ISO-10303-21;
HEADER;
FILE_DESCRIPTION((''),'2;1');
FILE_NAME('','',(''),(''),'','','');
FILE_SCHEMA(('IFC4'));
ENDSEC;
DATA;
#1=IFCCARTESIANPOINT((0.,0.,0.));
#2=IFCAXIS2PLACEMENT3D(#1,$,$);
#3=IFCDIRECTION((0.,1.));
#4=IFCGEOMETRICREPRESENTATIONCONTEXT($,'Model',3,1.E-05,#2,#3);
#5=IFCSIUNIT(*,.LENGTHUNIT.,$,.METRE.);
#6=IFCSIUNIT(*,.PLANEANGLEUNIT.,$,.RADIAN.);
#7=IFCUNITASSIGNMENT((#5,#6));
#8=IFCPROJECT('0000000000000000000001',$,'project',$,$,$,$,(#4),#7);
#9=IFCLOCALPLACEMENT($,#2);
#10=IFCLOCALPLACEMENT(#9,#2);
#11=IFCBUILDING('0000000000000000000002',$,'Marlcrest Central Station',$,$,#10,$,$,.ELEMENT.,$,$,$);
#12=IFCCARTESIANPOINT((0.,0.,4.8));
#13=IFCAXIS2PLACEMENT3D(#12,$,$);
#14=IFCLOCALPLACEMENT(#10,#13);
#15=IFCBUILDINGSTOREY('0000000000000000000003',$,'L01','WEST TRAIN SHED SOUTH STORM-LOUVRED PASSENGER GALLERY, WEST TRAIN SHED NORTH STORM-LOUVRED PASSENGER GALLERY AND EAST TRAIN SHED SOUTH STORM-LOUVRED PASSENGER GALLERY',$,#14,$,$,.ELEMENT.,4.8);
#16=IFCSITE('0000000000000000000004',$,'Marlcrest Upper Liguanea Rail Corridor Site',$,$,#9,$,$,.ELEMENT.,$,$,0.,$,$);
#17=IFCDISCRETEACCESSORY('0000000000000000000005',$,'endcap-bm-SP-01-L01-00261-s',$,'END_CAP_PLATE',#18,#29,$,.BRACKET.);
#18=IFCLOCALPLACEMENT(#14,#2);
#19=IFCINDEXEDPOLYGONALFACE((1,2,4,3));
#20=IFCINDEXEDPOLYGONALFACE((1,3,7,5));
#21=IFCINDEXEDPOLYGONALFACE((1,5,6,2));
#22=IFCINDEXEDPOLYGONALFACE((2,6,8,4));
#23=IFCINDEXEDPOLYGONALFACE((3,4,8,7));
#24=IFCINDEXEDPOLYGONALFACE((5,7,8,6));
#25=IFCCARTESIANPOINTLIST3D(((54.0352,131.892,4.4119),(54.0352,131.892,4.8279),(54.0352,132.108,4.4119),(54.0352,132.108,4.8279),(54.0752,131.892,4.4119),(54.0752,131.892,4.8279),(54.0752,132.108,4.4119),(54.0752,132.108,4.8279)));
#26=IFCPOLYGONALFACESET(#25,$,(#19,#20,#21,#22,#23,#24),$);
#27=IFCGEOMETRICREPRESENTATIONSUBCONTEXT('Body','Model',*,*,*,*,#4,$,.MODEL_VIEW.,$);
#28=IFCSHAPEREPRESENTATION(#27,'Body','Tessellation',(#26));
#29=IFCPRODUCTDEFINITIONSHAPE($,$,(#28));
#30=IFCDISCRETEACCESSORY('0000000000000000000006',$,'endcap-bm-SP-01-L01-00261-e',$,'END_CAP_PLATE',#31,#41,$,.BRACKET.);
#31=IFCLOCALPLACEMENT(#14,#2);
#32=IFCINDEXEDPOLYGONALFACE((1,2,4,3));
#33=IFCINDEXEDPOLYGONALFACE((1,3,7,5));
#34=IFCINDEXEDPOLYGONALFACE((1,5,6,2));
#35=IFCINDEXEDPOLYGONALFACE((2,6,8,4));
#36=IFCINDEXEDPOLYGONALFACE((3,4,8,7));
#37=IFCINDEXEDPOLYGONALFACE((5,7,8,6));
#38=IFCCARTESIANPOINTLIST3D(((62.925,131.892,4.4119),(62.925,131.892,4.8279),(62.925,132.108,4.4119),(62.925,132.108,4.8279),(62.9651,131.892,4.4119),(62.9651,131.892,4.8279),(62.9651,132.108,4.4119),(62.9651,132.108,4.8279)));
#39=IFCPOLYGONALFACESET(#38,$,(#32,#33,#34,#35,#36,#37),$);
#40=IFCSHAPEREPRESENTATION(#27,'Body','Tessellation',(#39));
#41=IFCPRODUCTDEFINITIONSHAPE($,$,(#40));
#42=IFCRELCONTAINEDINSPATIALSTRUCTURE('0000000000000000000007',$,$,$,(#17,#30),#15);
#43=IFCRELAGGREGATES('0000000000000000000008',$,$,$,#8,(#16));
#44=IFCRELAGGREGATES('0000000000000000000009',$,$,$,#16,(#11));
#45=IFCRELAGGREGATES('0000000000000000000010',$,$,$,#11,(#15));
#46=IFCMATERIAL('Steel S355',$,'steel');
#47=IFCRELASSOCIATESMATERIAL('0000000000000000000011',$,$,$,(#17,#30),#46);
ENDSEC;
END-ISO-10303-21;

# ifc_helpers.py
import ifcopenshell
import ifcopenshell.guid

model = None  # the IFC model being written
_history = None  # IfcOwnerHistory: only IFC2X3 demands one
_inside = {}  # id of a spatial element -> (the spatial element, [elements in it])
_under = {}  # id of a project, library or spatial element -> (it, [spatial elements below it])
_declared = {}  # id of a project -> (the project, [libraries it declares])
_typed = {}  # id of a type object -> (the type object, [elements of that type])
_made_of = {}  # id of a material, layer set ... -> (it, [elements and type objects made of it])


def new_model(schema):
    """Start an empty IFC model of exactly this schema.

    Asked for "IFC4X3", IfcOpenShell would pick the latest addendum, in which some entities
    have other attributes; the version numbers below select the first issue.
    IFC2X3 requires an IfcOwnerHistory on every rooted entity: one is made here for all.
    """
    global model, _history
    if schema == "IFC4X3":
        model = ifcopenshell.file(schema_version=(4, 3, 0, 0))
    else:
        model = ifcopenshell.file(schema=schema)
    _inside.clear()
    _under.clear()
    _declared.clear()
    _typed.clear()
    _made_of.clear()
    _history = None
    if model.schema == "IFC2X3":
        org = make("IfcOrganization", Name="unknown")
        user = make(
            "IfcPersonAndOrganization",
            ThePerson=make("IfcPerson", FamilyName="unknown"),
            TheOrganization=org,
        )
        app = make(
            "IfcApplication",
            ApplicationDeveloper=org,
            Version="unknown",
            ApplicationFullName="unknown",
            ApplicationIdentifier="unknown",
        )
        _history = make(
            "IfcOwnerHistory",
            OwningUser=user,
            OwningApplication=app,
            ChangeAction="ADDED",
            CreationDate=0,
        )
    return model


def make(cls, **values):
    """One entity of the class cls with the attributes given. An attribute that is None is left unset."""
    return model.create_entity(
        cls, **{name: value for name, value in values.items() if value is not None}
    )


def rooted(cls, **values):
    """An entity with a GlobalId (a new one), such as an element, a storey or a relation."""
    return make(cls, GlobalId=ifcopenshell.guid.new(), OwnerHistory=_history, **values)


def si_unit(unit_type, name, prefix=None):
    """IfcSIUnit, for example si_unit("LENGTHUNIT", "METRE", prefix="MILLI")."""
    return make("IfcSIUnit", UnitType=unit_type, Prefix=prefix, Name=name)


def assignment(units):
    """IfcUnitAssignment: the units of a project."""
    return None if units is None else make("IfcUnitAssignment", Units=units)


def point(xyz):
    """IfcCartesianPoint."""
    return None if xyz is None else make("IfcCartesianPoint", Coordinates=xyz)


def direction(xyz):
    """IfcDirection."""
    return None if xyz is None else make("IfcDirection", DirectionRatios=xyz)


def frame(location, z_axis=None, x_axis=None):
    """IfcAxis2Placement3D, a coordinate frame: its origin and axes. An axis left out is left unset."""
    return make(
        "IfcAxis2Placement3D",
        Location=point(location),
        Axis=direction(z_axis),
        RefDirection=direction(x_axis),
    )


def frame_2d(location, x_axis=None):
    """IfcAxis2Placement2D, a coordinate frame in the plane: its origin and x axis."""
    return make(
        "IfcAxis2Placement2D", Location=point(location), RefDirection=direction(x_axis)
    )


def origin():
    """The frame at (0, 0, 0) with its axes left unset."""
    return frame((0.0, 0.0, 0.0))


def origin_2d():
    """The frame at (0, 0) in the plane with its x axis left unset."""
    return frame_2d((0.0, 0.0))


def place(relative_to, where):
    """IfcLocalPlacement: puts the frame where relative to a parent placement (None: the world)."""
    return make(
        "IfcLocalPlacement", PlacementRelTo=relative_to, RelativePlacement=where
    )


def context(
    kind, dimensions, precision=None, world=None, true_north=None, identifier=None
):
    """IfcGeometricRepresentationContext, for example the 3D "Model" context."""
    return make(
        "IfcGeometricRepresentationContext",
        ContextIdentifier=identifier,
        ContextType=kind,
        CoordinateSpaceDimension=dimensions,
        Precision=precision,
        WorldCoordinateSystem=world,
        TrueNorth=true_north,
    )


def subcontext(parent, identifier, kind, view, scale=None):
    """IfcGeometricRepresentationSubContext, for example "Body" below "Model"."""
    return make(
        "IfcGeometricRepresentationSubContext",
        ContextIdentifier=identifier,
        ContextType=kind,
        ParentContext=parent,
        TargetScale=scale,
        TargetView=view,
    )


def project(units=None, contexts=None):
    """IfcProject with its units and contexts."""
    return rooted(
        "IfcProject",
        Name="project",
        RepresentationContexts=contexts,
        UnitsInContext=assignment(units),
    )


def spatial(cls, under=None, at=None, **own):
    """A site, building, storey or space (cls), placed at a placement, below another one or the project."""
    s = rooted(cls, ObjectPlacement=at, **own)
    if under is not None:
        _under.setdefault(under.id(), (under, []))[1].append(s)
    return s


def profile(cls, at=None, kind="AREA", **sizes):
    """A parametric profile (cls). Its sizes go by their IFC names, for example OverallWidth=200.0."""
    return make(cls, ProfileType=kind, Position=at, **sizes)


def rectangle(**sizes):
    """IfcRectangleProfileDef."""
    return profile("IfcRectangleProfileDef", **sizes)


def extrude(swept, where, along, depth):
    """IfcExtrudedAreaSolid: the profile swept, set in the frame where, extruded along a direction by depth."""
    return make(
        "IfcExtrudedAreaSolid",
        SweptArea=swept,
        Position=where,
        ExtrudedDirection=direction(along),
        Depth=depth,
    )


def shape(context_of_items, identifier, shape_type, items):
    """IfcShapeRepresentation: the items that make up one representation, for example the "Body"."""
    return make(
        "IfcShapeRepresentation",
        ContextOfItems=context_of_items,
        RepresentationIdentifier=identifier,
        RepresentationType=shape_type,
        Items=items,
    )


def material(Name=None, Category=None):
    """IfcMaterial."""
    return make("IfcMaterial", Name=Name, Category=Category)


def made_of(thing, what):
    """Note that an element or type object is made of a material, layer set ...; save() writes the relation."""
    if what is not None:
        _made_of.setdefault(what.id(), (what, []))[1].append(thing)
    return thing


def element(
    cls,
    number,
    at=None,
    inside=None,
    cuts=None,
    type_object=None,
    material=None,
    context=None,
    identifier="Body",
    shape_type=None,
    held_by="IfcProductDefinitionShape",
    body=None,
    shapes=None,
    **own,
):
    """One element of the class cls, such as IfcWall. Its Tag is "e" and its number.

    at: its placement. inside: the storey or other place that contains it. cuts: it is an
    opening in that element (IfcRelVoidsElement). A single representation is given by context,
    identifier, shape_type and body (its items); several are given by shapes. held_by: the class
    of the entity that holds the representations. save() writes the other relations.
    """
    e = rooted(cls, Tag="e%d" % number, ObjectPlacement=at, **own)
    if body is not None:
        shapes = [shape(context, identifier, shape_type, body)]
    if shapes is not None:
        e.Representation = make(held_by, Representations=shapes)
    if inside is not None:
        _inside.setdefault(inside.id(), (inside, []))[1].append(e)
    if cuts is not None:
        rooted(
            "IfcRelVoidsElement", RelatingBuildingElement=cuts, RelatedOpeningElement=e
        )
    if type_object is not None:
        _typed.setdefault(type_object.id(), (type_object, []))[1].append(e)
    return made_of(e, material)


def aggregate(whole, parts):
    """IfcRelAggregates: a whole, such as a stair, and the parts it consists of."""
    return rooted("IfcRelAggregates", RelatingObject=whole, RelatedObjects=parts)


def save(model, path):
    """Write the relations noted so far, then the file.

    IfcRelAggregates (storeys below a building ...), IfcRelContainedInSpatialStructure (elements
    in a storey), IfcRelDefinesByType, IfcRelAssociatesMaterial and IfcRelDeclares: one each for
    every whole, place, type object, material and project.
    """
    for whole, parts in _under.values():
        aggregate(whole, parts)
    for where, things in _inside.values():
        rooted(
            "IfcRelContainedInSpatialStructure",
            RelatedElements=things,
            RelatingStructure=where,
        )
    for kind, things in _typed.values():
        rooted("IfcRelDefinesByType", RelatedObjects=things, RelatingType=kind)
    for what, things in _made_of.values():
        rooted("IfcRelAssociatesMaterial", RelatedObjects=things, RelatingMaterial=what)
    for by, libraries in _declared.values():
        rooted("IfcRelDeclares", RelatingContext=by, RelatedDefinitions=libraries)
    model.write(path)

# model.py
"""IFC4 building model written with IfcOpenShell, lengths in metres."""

from ifc_helpers import new_model, si_unit, direction, frame, origin, origin_2d, place, context, subcontext, project, spatial, rectangle, extrude, material, element, save


model = new_model("IFC4")

# Units and contexts
model_context = context("Model", 3, precision=1e-05, world=origin(), true_north=direction((0.0, 1.0)))
body_context = subcontext(model_context, "Body", "Model", "MODEL_VIEW")
ifc_project = project(units=[si_unit("LENGTHUNIT", "METRE"), si_unit("PLANEANGLEUNIT", "RADIAN")], contexts=[model_context])

# Site, building, storey
site_placement = place(None, origin())
site = spatial("IfcSite", under=ifc_project, at=site_placement, Name="Marlcrest Upper Liguanea Rail Corridor Site", CompositionType="ELEMENT", RefElevation=0.0)
building_placement = place(site_placement, origin())
building = spatial("IfcBuilding", under=site, at=building_placement, Name="Marlcrest Central Station", CompositionType="ELEMENT")
storey_placement = place(building_placement, frame((0.0, 0.0, 4.8)))
storey = spatial("IfcBuildingStorey", under=building, at=storey_placement, Name="L01", Description="WEST TRAIN SHED SOUTH STORM-LOUVRED PASSENGER GALLERY, WEST TRAIN SHED NORTH STORM-LOUVRED PASSENGER GALLERY AND EAST TRAIN SHED SOUTH STORM-LOUVRED PASSENGER GALLERY", CompositionType="ELEMENT", Elevation=4.8)

# Shared definitions
ifc_material_1 = material(Name="Steel S355", Category="steel")

# Discrete accessories
for number, where, z_axis, x_axis, name in (
    (1, (54.0352, 132.0, 4.6199), (1.0, 0.0, 0.0), (0.0, 1.0, 0.0), "endcap-bm-SP-01-L01-00261-s"),
    (2, (62.925, 132.0, 4.6199), (1.0, 0.0, 0.0), (0.0, 1.0, 0.0), "endcap-bm-SP-01-L01-00261-e"),
):
    element("IfcDiscreteAccessory", number, at=place(storey_placement, frame(where, z_axis=z_axis, x_axis=x_axis)), inside=storey, material=ifc_material_1, Name=name, ObjectType="END_CAP_PLATE", PredefinedType="BRACKET", context=body_context, shape_type="SweptSolid", body=[
        extrude(rectangle(XDim=0.2161, YDim=0.416, at=origin_2d()), origin(), (0.0, 0.0, 1.0), 0.04),
    ])

save(model, "model.ifc")
